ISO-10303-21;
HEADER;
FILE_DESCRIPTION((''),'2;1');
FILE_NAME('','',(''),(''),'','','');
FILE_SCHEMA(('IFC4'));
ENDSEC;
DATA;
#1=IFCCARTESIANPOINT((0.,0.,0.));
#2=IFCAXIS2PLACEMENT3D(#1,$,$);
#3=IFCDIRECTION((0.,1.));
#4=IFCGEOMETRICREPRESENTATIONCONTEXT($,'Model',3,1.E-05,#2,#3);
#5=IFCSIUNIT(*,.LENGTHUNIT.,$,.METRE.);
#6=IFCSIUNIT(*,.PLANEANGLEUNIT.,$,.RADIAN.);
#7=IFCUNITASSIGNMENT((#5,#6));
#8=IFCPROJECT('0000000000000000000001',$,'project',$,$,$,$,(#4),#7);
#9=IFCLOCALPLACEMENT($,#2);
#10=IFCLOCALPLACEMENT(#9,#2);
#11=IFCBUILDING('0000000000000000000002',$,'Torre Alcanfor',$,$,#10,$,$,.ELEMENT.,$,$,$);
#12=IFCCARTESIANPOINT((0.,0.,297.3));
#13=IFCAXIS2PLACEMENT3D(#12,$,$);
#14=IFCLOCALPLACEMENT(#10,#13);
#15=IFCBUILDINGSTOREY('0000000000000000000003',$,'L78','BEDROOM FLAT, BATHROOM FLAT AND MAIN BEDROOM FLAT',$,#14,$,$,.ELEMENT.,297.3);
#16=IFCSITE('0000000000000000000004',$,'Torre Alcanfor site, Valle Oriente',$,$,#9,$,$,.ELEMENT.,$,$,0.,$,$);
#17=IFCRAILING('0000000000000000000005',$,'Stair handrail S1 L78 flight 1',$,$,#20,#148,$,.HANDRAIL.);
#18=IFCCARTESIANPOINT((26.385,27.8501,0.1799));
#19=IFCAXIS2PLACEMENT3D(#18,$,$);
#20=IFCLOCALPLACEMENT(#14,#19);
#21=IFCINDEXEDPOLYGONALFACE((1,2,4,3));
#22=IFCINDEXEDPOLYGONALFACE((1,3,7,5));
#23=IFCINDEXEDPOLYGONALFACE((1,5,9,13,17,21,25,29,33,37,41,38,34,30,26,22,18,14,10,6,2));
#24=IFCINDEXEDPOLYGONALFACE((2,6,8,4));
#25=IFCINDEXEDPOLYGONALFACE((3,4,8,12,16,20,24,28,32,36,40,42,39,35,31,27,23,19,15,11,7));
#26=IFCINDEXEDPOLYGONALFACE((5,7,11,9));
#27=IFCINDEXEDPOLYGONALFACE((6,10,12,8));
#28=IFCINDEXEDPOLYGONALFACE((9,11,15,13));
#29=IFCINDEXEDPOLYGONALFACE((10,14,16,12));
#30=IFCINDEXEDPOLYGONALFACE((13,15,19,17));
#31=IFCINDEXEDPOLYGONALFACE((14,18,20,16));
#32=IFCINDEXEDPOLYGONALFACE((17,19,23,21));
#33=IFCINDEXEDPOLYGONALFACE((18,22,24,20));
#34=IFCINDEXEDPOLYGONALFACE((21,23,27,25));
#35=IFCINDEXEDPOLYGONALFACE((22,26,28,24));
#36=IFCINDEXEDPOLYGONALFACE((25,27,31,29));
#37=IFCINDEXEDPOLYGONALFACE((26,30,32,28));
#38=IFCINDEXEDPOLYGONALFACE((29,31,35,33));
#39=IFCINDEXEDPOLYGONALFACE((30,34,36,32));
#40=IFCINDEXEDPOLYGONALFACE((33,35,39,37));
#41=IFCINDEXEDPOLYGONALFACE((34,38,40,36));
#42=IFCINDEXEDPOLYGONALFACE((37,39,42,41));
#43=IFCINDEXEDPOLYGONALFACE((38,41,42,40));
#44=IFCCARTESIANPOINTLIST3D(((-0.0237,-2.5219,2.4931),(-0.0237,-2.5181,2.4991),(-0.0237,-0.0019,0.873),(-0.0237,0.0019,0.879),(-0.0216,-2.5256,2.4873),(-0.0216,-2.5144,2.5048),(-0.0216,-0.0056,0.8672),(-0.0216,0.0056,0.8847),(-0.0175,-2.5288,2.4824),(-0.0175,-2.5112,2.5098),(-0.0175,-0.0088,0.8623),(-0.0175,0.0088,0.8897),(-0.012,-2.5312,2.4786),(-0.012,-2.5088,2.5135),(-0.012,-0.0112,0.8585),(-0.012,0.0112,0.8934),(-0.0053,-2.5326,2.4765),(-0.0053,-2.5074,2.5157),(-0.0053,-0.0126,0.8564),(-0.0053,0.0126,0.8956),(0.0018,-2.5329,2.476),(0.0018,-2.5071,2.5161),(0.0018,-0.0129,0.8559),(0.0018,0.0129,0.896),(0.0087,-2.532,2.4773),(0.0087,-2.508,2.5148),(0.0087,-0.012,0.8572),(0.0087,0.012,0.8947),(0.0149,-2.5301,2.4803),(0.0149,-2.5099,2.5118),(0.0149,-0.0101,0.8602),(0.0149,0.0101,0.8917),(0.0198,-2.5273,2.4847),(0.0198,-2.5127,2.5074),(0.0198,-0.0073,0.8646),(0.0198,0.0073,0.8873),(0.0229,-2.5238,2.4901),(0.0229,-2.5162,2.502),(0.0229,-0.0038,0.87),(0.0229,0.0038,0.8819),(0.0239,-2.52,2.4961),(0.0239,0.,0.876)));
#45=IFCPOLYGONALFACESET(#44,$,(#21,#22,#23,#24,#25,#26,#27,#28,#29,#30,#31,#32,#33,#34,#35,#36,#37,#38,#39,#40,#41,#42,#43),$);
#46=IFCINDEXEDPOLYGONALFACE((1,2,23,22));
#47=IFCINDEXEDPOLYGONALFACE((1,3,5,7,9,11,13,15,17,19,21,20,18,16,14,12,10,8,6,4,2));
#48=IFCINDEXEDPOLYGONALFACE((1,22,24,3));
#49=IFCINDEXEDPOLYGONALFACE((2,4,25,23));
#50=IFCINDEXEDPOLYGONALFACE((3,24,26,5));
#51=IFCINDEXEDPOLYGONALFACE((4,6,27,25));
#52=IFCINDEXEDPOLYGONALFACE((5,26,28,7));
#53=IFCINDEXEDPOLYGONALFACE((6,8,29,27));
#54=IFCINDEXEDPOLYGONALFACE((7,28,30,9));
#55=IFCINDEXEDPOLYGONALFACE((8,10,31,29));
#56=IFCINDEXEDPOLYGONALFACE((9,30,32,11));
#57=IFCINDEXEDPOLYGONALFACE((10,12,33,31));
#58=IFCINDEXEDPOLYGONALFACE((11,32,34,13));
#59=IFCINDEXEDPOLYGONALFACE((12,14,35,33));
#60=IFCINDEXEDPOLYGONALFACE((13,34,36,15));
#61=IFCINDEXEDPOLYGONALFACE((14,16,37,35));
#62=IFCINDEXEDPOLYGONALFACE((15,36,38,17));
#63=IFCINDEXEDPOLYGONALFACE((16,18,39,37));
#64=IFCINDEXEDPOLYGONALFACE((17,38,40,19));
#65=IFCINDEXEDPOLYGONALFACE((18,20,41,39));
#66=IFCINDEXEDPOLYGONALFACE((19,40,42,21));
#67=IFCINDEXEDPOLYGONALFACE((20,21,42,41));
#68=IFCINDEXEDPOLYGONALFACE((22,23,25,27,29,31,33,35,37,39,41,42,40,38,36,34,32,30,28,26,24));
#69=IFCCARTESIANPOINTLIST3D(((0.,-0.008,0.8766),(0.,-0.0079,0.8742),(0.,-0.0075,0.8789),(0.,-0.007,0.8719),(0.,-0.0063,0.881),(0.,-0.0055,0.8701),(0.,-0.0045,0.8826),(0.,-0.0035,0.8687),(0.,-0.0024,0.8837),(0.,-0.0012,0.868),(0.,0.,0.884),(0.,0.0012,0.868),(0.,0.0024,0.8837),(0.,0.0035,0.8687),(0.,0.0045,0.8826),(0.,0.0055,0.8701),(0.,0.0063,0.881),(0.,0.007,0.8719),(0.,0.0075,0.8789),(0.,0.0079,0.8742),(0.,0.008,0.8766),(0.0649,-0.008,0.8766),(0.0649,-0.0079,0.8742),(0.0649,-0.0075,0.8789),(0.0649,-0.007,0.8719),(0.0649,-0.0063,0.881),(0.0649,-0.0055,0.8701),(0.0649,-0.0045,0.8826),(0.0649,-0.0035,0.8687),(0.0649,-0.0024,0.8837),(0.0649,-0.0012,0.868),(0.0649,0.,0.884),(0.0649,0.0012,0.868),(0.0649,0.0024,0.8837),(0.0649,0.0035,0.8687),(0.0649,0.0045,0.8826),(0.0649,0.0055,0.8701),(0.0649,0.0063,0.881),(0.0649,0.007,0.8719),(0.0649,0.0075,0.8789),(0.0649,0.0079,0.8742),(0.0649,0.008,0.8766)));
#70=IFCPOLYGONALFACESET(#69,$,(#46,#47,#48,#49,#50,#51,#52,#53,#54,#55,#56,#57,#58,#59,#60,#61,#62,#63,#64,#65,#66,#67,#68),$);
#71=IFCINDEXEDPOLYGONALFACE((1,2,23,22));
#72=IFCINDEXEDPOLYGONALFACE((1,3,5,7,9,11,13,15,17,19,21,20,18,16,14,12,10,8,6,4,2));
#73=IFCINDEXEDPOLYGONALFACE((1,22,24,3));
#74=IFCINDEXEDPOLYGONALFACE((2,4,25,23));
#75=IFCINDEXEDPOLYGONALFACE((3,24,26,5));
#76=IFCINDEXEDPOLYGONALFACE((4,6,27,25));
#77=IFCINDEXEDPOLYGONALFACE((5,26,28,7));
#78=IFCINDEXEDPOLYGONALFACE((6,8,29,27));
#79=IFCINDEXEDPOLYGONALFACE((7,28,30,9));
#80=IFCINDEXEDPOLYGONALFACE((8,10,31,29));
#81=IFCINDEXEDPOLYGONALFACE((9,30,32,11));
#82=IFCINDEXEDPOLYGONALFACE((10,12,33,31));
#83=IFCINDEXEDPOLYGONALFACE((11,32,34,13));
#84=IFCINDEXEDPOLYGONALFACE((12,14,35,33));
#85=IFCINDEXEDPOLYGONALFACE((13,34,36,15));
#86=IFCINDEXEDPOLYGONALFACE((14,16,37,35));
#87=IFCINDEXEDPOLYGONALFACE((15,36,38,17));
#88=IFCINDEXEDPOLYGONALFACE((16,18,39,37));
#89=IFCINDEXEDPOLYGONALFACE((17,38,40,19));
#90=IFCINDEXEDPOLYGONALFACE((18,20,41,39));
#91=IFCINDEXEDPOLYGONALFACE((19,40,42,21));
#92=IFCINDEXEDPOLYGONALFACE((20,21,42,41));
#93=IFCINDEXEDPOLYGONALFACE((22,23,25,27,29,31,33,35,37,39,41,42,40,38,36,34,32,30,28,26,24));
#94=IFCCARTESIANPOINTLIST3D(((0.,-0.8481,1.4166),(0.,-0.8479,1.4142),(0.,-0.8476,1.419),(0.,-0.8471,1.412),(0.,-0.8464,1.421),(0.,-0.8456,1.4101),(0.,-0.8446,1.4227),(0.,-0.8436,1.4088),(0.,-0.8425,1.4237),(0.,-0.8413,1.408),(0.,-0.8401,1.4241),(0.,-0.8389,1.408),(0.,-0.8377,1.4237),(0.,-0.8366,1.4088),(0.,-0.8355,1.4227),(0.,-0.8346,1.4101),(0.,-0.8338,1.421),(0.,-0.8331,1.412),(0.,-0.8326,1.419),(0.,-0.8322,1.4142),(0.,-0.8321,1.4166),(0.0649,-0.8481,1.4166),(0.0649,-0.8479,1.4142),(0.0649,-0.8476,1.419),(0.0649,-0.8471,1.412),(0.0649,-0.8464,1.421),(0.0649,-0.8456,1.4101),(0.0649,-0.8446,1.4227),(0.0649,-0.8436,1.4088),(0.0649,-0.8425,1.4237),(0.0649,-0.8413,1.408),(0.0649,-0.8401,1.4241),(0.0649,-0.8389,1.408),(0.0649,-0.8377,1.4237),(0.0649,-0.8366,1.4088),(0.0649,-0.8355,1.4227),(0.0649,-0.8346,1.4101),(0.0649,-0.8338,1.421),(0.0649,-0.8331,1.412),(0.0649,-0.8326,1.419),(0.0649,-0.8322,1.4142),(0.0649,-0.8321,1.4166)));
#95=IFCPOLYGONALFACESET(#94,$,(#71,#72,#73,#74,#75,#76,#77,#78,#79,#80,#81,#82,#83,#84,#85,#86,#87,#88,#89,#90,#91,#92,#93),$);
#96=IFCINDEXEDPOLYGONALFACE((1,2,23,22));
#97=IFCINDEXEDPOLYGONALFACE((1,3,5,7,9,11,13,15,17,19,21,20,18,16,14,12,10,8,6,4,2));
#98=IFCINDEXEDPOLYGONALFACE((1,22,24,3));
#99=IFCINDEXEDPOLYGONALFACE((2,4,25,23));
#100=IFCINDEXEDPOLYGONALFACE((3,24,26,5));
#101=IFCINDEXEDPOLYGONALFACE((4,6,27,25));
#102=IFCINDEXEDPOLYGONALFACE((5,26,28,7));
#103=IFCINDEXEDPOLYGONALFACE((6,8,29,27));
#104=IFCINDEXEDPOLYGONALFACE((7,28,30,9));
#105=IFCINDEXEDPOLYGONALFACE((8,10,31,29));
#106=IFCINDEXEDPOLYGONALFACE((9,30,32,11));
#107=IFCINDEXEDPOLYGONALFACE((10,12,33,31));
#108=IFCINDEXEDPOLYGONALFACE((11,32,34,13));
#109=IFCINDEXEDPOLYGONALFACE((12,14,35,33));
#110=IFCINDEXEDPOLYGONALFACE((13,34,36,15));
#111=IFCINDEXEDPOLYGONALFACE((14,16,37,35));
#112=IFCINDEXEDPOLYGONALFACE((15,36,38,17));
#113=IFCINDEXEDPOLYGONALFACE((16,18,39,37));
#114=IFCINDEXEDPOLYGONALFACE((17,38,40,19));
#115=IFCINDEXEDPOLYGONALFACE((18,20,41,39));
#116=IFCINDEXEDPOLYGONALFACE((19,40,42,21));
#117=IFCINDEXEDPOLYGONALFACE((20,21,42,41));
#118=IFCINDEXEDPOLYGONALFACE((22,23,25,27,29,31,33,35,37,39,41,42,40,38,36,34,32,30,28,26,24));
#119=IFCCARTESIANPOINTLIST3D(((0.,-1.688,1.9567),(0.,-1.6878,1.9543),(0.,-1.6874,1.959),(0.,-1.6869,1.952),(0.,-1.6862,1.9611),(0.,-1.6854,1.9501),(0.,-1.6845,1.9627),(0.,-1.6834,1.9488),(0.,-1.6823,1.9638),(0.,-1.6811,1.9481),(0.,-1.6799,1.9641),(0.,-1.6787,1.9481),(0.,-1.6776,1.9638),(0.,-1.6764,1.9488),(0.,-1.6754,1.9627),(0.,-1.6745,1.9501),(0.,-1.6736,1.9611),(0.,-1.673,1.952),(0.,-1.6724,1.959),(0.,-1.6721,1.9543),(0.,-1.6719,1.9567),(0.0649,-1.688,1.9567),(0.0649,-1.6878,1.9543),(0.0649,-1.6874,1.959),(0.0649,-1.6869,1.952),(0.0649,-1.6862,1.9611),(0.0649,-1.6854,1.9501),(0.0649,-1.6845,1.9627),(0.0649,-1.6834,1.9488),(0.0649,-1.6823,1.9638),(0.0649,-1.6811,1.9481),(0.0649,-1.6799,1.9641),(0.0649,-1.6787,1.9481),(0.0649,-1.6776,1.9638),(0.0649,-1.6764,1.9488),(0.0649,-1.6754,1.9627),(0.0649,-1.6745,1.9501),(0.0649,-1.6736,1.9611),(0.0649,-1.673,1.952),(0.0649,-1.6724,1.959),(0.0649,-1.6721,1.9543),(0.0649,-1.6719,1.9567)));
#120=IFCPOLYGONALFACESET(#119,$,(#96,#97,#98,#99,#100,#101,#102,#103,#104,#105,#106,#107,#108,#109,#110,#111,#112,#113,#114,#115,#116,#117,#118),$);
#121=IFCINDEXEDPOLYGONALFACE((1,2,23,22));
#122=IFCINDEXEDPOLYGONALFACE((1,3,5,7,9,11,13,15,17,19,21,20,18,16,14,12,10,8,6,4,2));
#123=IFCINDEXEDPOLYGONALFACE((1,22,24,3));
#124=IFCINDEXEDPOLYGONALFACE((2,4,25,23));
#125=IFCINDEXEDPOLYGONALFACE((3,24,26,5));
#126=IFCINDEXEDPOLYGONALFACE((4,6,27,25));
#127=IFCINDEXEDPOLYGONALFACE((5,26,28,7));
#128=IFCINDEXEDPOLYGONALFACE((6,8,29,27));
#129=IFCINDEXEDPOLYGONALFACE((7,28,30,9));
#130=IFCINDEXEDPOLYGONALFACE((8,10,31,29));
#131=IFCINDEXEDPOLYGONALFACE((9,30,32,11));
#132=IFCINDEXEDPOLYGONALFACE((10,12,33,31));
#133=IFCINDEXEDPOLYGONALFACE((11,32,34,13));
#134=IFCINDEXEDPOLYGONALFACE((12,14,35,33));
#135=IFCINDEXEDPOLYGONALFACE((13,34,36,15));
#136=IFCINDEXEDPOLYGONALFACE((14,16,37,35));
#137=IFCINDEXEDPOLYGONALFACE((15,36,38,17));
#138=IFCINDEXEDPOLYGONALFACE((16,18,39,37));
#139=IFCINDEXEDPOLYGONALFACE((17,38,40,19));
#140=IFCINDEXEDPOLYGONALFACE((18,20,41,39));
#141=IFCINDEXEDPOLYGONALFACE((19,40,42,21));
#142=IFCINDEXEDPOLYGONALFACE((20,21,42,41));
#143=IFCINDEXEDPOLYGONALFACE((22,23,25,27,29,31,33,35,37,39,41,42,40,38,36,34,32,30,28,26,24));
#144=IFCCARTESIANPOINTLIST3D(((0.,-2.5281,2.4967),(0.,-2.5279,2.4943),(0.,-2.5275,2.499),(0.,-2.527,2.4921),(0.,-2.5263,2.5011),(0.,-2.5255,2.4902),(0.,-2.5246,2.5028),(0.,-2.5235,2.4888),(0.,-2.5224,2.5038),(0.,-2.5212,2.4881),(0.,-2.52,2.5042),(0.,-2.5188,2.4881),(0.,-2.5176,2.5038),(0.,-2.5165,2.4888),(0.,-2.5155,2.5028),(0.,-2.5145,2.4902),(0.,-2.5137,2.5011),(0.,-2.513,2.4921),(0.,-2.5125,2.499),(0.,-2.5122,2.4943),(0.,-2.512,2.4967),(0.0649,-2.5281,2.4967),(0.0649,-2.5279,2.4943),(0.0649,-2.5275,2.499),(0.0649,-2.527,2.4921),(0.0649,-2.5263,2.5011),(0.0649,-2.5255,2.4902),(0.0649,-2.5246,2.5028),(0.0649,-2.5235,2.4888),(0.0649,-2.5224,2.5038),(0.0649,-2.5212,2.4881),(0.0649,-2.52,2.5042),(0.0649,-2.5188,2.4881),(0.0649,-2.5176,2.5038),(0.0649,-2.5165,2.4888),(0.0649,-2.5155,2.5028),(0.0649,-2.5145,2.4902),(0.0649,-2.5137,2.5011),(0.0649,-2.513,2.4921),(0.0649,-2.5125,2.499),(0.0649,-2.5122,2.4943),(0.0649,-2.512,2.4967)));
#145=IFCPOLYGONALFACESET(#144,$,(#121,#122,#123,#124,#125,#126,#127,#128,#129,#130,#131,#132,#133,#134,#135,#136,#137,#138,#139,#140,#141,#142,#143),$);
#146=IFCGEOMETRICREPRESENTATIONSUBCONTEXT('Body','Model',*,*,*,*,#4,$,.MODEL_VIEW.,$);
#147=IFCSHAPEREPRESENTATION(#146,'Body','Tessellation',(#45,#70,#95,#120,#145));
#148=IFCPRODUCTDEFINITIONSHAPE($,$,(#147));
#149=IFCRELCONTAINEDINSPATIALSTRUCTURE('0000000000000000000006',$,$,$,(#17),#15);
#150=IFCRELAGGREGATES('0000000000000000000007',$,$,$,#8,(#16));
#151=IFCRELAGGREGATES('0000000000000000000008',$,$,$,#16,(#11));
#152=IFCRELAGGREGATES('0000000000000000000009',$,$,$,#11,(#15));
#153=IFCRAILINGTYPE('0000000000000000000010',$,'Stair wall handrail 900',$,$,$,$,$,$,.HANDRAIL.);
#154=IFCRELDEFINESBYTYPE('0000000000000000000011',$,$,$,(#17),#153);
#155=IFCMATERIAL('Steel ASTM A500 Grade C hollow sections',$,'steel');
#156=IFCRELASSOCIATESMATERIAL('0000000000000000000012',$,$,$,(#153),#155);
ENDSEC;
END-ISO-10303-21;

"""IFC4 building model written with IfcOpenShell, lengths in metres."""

from ifc_helpers import new_model, si_unit, direction, frame, origin, origin_2d, place, context, subcontext, project, spatial, circle, extrude, material, type_object, element, save


model = new_model("IFC4")

# Units and contexts
model_context = context("Model", 3, precision=1e-05, world=origin(), true_north=direction((0.0, 1.0)))
body_context = subcontext(model_context, "Body", "Model", "MODEL_VIEW")
ifc_project = project(units=[si_unit("LENGTHUNIT", "METRE"), si_unit("PLANEANGLEUNIT", "RADIAN")], contexts=[model_context])

# Site, building, storey
site_placement = place(None, origin())
site = spatial("IfcSite", under=ifc_project, at=site_placement, Name="Torre Alcanfor site, Valle Oriente", CompositionType="ELEMENT", RefElevation=0.0)
building_placement = place(site_placement, origin())
building = spatial("IfcBuilding", under=site, at=building_placement, Name="Torre Alcanfor", CompositionType="ELEMENT")
storey_placement = place(building_placement, frame((0.0, 0.0, 297.3)))
storey = spatial("IfcBuildingStorey", under=building, at=storey_placement, Name="L78", Description="BEDROOM FLAT, BATHROOM FLAT AND MAIN BEDROOM FLAT", CompositionType="ELEMENT", Elevation=297.3)

# Railing
ifc_material_1 = material(Name="Steel ASTM A500 Grade C hollow sections", Category="steel")
railing_type_1 = type_object("IfcRailingType", Name="Stair wall handrail 900", PredefinedType="HANDRAIL", material=ifc_material_1)
railing_1_placement = place(storey_placement, frame((26.385, 27.8501, 0.1799)))
element("IfcRailing", 1, at=railing_1_placement, inside=storey, type_object=railing_type_1, Name="Stair handrail S1 L78 flight 1", PredefinedType="HANDRAIL", context=body_context, shape_type="SweptSolid", body=[
    extrude(circle(Radius=0.0239, at=origin_2d()), frame((0.0, 0.0, 0.876), z_axis=(0.0, -0.841163, 0.540782), x_axis=(1.0, 0.0, 0.0)), (0.0, 0.0, 1.0), 2.9958),
    extrude(circle(Radius=0.0081, at=origin_2d()), frame((0.0, 0.0, 0.876), z_axis=(1.0, 0.0, 0.0), x_axis=(0.0, 0.0, 1.0)), (0.0, 0.0, 1.0), 0.0649),
    extrude(circle(Radius=0.0081, at=origin_2d()), frame((0.0, -0.8401, 1.416), z_axis=(1.0, 0.0, 0.0), x_axis=(0.0, 0.0, 1.0)), (0.0, 0.0, 1.0), 0.0649),
    extrude(circle(Radius=0.0081, at=origin_2d()), frame((0.0, -1.6799, 1.9561), z_axis=(1.0, 0.0, 0.0), x_axis=(0.0, 0.0, 1.0)), (0.0, 0.0, 1.0), 0.0649),
    extrude(circle(Radius=0.0081, at=origin_2d()), frame((0.0, -2.52, 2.4961), z_axis=(1.0, 0.0, 0.0), x_axis=(0.0, 0.0, 1.0)), (0.0, 0.0, 1.0), 0.0649),
])

save(model, "model.ifc")
